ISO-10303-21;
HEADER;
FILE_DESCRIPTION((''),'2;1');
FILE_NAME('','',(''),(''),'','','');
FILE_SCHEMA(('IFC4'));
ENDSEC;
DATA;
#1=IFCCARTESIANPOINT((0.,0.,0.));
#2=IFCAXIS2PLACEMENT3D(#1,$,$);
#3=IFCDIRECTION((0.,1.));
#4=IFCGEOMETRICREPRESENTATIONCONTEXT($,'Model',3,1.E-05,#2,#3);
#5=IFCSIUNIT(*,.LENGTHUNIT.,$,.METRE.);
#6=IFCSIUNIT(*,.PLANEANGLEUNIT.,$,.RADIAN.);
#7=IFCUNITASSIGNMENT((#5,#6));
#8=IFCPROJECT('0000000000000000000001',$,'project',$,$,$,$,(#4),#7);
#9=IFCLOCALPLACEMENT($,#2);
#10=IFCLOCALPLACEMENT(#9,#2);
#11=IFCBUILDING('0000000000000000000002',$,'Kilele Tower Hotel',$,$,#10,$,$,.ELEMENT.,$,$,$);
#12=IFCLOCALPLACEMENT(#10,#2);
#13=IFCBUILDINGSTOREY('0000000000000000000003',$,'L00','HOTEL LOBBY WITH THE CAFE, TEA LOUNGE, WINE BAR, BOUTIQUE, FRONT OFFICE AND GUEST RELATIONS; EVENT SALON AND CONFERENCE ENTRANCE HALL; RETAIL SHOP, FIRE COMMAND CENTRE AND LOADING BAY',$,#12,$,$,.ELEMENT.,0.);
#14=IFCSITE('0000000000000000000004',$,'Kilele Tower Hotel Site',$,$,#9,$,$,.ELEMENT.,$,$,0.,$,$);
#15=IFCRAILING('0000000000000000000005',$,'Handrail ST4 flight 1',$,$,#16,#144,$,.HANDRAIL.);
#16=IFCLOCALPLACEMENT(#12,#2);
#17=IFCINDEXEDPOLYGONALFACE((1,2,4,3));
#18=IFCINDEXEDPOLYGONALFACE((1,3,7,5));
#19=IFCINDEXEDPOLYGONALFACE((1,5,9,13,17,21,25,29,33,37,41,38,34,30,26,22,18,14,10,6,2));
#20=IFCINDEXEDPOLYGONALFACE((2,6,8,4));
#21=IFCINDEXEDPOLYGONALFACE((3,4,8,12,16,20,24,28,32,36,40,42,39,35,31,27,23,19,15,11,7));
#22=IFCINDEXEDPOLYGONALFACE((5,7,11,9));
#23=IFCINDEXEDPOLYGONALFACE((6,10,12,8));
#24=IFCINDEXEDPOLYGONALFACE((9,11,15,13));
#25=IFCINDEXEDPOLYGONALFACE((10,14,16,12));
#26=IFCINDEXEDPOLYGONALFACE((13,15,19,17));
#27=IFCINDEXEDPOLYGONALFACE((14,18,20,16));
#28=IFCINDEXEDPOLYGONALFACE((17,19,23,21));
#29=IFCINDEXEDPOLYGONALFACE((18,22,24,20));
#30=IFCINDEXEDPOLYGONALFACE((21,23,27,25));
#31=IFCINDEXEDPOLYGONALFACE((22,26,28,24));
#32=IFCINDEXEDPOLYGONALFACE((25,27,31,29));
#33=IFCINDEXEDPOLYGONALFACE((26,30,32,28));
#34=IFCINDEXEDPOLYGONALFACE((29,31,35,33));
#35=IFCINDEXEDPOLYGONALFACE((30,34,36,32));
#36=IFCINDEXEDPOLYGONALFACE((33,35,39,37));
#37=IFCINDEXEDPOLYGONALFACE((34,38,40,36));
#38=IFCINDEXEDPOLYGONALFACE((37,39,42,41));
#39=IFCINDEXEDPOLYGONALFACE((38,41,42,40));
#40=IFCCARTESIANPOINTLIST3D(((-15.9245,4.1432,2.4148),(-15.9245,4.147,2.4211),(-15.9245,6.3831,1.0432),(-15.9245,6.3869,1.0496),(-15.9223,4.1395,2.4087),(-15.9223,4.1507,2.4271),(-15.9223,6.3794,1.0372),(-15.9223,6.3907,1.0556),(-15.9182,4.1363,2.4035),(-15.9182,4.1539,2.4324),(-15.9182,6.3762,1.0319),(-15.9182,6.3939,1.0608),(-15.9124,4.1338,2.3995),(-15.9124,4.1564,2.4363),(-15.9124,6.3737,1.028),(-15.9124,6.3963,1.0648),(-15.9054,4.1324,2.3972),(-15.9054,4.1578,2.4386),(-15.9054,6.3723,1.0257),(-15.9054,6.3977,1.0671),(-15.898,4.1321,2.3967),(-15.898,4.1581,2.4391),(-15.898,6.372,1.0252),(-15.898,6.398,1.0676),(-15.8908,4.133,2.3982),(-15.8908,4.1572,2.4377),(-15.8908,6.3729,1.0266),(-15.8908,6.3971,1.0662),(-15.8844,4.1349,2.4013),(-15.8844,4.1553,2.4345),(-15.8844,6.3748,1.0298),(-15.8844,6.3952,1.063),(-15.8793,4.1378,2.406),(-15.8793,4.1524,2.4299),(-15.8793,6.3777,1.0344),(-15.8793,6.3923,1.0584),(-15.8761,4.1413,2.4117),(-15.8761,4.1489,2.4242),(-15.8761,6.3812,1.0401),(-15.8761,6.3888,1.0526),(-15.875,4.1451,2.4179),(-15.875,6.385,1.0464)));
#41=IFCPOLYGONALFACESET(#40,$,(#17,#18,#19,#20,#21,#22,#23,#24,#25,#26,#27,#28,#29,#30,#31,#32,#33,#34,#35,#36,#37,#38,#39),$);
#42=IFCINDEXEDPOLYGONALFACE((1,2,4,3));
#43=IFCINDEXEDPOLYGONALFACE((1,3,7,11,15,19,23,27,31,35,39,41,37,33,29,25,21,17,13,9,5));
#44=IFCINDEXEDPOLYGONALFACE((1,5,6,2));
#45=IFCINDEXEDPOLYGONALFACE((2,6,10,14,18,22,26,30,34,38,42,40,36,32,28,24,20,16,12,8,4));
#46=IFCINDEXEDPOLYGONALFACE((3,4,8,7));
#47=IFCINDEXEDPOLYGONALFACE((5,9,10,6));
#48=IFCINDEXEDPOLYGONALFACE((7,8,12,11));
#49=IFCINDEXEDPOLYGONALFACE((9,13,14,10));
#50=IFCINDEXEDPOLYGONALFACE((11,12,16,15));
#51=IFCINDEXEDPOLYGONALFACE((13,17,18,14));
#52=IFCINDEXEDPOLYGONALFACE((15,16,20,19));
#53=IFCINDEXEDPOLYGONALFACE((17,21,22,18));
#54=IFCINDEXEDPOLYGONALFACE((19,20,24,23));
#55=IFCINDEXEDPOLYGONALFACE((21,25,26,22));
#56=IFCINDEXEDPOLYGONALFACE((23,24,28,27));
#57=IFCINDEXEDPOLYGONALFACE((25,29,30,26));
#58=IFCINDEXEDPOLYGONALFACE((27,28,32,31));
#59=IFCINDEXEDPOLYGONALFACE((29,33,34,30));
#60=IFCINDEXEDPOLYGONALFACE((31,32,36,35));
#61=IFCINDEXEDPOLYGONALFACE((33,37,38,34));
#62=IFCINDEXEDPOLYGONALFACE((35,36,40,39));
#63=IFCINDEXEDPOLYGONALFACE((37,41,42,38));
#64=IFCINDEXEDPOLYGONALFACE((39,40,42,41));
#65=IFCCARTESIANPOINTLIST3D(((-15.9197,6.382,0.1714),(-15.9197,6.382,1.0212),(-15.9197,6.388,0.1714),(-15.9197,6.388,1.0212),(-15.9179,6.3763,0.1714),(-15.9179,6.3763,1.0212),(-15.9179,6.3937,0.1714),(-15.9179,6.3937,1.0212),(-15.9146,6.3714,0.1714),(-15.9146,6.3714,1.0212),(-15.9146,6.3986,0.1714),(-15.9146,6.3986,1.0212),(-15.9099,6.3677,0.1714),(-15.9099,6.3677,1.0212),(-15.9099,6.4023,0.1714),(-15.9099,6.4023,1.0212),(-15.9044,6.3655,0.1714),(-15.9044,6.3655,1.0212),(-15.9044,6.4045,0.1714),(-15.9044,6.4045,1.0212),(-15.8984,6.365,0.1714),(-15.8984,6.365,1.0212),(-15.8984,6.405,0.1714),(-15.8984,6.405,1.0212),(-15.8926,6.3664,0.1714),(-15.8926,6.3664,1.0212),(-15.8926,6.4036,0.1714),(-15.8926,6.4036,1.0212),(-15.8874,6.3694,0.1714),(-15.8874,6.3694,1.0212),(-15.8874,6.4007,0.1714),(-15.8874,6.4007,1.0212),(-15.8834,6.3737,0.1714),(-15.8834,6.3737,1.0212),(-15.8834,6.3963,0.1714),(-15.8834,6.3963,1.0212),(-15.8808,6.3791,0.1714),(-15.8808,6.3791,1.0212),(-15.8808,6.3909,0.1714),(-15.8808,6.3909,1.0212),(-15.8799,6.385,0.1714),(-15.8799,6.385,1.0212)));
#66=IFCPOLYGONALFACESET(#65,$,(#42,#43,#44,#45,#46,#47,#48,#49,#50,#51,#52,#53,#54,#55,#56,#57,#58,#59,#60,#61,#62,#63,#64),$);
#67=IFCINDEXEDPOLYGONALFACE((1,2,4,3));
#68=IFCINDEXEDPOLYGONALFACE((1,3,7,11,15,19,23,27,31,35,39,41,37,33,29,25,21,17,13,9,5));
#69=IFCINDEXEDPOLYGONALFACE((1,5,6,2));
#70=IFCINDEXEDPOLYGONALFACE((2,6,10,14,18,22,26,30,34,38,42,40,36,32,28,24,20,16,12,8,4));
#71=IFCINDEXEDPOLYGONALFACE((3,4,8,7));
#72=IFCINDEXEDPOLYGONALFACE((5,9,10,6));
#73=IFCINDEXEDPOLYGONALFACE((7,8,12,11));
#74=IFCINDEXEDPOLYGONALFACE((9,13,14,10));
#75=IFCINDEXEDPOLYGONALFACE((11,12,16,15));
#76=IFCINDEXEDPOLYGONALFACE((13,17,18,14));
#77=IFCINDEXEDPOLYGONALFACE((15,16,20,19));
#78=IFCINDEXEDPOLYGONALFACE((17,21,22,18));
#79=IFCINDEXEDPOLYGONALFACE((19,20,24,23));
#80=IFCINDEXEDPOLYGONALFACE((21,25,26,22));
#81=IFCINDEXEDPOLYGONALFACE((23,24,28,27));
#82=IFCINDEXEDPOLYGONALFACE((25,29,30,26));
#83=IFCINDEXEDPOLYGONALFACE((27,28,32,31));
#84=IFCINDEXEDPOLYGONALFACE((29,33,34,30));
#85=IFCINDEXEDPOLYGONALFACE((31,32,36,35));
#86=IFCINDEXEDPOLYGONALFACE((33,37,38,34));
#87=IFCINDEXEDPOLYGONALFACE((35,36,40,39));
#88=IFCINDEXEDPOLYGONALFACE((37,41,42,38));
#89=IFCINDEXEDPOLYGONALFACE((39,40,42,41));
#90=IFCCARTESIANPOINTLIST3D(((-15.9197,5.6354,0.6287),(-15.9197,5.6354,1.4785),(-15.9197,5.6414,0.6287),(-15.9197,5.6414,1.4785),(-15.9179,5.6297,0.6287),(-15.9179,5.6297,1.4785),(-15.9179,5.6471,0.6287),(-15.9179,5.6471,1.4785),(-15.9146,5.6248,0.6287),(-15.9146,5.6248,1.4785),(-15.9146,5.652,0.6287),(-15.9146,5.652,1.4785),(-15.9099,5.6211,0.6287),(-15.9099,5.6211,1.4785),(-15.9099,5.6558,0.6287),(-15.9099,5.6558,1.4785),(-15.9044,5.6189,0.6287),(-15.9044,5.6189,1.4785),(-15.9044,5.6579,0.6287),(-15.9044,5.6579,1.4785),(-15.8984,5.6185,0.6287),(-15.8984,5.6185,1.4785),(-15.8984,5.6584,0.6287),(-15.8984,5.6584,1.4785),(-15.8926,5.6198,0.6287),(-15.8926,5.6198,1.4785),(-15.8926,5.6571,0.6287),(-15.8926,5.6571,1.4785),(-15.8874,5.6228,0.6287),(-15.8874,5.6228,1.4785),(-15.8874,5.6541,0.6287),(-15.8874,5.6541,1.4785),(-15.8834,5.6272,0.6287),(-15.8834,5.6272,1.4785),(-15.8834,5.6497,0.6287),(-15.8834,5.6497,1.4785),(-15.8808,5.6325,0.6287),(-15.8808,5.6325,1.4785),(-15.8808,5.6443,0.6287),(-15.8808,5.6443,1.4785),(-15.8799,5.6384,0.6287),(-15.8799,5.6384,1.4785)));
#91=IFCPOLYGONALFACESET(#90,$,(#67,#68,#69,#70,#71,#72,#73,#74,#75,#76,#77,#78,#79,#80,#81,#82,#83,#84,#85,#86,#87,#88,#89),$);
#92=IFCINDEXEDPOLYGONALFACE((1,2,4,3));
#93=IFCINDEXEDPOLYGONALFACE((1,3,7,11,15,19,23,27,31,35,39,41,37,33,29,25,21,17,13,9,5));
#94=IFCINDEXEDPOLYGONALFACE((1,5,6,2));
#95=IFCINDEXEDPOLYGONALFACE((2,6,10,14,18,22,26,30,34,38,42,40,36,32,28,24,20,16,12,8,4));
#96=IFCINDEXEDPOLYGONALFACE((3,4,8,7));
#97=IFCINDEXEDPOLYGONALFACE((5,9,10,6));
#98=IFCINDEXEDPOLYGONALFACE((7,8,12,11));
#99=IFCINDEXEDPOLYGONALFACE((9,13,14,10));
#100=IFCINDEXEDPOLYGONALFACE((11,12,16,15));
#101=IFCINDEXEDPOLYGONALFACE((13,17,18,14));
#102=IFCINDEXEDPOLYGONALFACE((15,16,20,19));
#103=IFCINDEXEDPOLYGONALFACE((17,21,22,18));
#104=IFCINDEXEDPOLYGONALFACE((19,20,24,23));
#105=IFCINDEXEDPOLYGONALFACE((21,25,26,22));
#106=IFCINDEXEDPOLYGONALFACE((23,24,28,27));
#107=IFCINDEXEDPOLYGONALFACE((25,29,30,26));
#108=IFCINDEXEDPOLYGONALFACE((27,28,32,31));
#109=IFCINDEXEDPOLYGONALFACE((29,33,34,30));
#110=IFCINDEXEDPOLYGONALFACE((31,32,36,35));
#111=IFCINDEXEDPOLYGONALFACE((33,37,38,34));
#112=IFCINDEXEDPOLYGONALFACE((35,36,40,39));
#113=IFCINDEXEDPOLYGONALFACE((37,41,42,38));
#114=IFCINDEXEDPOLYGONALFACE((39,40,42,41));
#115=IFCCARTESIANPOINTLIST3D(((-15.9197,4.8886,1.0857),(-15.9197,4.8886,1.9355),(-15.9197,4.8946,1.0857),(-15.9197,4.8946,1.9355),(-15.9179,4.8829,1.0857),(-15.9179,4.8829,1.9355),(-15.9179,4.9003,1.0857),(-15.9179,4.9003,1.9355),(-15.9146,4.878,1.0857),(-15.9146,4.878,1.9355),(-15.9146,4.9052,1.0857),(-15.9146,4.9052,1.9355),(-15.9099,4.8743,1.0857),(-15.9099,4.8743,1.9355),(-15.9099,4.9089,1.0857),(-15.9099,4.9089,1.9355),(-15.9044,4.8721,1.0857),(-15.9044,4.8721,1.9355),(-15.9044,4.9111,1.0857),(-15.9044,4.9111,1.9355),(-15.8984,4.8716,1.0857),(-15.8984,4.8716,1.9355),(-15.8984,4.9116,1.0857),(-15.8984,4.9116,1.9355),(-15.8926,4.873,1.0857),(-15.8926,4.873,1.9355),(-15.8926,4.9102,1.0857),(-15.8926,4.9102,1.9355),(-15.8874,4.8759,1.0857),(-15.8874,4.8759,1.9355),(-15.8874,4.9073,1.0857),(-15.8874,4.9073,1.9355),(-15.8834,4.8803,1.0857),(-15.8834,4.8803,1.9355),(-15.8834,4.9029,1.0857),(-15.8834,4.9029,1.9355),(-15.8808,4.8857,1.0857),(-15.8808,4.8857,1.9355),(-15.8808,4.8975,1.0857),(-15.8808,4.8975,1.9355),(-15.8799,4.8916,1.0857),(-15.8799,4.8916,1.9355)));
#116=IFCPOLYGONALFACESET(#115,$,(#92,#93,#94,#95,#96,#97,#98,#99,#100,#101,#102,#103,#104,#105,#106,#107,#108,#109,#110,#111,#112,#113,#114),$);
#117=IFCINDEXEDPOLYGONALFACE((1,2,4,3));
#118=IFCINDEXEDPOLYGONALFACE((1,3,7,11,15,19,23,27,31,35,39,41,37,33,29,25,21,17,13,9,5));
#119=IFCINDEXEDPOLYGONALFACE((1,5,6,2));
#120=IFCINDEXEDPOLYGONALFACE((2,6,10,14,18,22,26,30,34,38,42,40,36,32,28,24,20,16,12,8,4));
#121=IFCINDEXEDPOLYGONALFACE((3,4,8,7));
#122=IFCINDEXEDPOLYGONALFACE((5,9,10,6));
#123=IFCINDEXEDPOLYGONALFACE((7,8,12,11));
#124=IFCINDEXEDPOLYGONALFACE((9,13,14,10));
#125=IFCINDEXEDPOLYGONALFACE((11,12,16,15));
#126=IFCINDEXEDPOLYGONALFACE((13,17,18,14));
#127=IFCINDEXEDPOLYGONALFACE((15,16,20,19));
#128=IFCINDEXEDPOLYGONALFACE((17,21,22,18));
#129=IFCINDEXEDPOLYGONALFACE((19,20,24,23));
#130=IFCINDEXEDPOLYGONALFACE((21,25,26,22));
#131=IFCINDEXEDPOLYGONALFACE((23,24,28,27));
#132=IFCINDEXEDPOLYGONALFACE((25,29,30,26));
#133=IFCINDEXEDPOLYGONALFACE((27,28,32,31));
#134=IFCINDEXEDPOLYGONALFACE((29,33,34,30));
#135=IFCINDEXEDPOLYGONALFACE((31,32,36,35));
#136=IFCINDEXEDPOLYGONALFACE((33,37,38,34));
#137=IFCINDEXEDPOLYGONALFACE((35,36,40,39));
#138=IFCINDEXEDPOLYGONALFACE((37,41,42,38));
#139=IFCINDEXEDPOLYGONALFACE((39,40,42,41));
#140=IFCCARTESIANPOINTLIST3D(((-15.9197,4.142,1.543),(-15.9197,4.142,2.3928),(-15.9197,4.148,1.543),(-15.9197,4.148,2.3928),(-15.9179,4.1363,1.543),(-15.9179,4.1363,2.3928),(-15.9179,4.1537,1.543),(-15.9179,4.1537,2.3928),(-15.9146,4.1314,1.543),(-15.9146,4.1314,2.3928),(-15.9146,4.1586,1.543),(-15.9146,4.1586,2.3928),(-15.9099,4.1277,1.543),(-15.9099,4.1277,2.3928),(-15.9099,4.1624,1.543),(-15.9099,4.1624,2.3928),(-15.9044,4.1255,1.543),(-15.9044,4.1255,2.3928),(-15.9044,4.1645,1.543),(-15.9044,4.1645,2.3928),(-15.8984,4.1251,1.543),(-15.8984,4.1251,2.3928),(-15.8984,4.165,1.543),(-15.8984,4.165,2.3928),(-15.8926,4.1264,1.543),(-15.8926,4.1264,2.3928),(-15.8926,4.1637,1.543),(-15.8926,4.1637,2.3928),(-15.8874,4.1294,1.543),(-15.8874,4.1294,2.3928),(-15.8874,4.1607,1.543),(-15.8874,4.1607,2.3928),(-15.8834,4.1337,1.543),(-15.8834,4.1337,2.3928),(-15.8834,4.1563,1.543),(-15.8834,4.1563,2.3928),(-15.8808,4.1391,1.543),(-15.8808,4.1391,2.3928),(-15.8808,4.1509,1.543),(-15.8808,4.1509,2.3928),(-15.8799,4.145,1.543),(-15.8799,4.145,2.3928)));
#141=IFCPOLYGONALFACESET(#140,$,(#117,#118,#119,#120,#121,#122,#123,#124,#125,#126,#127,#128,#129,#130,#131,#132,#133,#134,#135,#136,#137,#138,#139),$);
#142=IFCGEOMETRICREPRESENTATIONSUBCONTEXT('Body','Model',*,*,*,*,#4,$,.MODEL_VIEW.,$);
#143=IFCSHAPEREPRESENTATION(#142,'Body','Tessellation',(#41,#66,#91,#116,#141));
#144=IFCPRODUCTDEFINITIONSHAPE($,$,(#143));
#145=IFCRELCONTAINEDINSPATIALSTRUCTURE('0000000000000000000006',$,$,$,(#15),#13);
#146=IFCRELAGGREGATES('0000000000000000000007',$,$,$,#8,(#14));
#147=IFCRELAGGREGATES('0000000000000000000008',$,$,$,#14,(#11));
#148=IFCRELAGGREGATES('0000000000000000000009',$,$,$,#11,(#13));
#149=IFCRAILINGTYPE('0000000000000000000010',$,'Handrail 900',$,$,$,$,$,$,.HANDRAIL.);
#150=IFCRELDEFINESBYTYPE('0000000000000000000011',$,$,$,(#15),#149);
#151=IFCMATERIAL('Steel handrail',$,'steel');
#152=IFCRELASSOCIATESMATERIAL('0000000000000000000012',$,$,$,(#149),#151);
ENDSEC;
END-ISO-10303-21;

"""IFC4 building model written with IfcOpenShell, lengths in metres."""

from ifc_helpers import new_model, si_unit, direction, frame, origin, origin_2d, place, context, subcontext, project, spatial, circle, extrude, material, type_object, element, save


model = new_model("IFC4")

# Units and contexts
model_context = context("Model", 3, precision=1e-05, world=origin(), true_north=direction((0.0, 1.0)))
body_context = subcontext(model_context, "Body", "Model", "MODEL_VIEW")
ifc_project = project(units=[si_unit("LENGTHUNIT", "METRE"), si_unit("PLANEANGLEUNIT", "RADIAN")], contexts=[model_context])

# Site, building, storey
site_placement = place(None, origin())
site = spatial("IfcSite", under=ifc_project, at=site_placement, Name="Kilele Tower Hotel Site", CompositionType="ELEMENT", RefElevation=0.0)
building_placement = place(site_placement, origin())
building = spatial("IfcBuilding", under=site, at=building_placement, Name="Kilele Tower Hotel", CompositionType="ELEMENT")
storey_placement = place(building_placement, origin())
storey = spatial("IfcBuildingStorey", under=building, at=storey_placement, Name="L00", Description="HOTEL LOBBY WITH THE CAFE, TEA LOUNGE, WINE BAR, BOUTIQUE, FRONT OFFICE AND GUEST RELATIONS; EVENT SALON AND CONFERENCE ENTRANCE HALL; RETAIL SHOP, FIRE COMMAND CENTRE AND LOADING BAY", CompositionType="ELEMENT", Elevation=0.0)

# Railing
ifc_material_1 = material(Name="Steel handrail", Category="steel")
railing_type_1 = type_object("IfcRailingType", Name="Handrail 900", PredefinedType="HANDRAIL", material=ifc_material_1)
for number, where, name in (
    (1, (-15.8999, 6.385, 0.1714), "Handrail ST4 flight 1"),
):
    element("IfcRailing", number, at=place(storey_placement, frame(where)), inside=storey, type_object=railing_type_1, Name=name, PredefinedType="HANDRAIL", context=body_context, shape_type="SweptSolid", body=[
        extrude(circle(Radius=0.0249, at=origin_2d()), frame((0.0, 0.0, 0.875), z_axis=(0.0, -0.852824, 0.522198), x_axis=(1.0, 0.0, 0.0)), (0.0, 0.0, 1.0), 2.6265),
        extrude(circle(Radius=0.02, at=origin_2d()), origin(), (0.0, 0.0, 1.0), 0.8499),
        extrude(circle(Radius=0.02, at=origin_2d()), frame((0.0, -0.7466, 0.4573)), (0.0, 0.0, 1.0), 0.8499),
        extrude(circle(Radius=0.02, at=origin_2d()), frame((0.0, -1.4934, 0.9143)), (0.0, 0.0, 1.0), 0.8499),
        extrude(circle(Radius=0.02, at=origin_2d()), frame((0.0, -2.24, 1.3716)), (0.0, 0.0, 1.0), 0.8499),
    ])

save(model, "model.ifc")
